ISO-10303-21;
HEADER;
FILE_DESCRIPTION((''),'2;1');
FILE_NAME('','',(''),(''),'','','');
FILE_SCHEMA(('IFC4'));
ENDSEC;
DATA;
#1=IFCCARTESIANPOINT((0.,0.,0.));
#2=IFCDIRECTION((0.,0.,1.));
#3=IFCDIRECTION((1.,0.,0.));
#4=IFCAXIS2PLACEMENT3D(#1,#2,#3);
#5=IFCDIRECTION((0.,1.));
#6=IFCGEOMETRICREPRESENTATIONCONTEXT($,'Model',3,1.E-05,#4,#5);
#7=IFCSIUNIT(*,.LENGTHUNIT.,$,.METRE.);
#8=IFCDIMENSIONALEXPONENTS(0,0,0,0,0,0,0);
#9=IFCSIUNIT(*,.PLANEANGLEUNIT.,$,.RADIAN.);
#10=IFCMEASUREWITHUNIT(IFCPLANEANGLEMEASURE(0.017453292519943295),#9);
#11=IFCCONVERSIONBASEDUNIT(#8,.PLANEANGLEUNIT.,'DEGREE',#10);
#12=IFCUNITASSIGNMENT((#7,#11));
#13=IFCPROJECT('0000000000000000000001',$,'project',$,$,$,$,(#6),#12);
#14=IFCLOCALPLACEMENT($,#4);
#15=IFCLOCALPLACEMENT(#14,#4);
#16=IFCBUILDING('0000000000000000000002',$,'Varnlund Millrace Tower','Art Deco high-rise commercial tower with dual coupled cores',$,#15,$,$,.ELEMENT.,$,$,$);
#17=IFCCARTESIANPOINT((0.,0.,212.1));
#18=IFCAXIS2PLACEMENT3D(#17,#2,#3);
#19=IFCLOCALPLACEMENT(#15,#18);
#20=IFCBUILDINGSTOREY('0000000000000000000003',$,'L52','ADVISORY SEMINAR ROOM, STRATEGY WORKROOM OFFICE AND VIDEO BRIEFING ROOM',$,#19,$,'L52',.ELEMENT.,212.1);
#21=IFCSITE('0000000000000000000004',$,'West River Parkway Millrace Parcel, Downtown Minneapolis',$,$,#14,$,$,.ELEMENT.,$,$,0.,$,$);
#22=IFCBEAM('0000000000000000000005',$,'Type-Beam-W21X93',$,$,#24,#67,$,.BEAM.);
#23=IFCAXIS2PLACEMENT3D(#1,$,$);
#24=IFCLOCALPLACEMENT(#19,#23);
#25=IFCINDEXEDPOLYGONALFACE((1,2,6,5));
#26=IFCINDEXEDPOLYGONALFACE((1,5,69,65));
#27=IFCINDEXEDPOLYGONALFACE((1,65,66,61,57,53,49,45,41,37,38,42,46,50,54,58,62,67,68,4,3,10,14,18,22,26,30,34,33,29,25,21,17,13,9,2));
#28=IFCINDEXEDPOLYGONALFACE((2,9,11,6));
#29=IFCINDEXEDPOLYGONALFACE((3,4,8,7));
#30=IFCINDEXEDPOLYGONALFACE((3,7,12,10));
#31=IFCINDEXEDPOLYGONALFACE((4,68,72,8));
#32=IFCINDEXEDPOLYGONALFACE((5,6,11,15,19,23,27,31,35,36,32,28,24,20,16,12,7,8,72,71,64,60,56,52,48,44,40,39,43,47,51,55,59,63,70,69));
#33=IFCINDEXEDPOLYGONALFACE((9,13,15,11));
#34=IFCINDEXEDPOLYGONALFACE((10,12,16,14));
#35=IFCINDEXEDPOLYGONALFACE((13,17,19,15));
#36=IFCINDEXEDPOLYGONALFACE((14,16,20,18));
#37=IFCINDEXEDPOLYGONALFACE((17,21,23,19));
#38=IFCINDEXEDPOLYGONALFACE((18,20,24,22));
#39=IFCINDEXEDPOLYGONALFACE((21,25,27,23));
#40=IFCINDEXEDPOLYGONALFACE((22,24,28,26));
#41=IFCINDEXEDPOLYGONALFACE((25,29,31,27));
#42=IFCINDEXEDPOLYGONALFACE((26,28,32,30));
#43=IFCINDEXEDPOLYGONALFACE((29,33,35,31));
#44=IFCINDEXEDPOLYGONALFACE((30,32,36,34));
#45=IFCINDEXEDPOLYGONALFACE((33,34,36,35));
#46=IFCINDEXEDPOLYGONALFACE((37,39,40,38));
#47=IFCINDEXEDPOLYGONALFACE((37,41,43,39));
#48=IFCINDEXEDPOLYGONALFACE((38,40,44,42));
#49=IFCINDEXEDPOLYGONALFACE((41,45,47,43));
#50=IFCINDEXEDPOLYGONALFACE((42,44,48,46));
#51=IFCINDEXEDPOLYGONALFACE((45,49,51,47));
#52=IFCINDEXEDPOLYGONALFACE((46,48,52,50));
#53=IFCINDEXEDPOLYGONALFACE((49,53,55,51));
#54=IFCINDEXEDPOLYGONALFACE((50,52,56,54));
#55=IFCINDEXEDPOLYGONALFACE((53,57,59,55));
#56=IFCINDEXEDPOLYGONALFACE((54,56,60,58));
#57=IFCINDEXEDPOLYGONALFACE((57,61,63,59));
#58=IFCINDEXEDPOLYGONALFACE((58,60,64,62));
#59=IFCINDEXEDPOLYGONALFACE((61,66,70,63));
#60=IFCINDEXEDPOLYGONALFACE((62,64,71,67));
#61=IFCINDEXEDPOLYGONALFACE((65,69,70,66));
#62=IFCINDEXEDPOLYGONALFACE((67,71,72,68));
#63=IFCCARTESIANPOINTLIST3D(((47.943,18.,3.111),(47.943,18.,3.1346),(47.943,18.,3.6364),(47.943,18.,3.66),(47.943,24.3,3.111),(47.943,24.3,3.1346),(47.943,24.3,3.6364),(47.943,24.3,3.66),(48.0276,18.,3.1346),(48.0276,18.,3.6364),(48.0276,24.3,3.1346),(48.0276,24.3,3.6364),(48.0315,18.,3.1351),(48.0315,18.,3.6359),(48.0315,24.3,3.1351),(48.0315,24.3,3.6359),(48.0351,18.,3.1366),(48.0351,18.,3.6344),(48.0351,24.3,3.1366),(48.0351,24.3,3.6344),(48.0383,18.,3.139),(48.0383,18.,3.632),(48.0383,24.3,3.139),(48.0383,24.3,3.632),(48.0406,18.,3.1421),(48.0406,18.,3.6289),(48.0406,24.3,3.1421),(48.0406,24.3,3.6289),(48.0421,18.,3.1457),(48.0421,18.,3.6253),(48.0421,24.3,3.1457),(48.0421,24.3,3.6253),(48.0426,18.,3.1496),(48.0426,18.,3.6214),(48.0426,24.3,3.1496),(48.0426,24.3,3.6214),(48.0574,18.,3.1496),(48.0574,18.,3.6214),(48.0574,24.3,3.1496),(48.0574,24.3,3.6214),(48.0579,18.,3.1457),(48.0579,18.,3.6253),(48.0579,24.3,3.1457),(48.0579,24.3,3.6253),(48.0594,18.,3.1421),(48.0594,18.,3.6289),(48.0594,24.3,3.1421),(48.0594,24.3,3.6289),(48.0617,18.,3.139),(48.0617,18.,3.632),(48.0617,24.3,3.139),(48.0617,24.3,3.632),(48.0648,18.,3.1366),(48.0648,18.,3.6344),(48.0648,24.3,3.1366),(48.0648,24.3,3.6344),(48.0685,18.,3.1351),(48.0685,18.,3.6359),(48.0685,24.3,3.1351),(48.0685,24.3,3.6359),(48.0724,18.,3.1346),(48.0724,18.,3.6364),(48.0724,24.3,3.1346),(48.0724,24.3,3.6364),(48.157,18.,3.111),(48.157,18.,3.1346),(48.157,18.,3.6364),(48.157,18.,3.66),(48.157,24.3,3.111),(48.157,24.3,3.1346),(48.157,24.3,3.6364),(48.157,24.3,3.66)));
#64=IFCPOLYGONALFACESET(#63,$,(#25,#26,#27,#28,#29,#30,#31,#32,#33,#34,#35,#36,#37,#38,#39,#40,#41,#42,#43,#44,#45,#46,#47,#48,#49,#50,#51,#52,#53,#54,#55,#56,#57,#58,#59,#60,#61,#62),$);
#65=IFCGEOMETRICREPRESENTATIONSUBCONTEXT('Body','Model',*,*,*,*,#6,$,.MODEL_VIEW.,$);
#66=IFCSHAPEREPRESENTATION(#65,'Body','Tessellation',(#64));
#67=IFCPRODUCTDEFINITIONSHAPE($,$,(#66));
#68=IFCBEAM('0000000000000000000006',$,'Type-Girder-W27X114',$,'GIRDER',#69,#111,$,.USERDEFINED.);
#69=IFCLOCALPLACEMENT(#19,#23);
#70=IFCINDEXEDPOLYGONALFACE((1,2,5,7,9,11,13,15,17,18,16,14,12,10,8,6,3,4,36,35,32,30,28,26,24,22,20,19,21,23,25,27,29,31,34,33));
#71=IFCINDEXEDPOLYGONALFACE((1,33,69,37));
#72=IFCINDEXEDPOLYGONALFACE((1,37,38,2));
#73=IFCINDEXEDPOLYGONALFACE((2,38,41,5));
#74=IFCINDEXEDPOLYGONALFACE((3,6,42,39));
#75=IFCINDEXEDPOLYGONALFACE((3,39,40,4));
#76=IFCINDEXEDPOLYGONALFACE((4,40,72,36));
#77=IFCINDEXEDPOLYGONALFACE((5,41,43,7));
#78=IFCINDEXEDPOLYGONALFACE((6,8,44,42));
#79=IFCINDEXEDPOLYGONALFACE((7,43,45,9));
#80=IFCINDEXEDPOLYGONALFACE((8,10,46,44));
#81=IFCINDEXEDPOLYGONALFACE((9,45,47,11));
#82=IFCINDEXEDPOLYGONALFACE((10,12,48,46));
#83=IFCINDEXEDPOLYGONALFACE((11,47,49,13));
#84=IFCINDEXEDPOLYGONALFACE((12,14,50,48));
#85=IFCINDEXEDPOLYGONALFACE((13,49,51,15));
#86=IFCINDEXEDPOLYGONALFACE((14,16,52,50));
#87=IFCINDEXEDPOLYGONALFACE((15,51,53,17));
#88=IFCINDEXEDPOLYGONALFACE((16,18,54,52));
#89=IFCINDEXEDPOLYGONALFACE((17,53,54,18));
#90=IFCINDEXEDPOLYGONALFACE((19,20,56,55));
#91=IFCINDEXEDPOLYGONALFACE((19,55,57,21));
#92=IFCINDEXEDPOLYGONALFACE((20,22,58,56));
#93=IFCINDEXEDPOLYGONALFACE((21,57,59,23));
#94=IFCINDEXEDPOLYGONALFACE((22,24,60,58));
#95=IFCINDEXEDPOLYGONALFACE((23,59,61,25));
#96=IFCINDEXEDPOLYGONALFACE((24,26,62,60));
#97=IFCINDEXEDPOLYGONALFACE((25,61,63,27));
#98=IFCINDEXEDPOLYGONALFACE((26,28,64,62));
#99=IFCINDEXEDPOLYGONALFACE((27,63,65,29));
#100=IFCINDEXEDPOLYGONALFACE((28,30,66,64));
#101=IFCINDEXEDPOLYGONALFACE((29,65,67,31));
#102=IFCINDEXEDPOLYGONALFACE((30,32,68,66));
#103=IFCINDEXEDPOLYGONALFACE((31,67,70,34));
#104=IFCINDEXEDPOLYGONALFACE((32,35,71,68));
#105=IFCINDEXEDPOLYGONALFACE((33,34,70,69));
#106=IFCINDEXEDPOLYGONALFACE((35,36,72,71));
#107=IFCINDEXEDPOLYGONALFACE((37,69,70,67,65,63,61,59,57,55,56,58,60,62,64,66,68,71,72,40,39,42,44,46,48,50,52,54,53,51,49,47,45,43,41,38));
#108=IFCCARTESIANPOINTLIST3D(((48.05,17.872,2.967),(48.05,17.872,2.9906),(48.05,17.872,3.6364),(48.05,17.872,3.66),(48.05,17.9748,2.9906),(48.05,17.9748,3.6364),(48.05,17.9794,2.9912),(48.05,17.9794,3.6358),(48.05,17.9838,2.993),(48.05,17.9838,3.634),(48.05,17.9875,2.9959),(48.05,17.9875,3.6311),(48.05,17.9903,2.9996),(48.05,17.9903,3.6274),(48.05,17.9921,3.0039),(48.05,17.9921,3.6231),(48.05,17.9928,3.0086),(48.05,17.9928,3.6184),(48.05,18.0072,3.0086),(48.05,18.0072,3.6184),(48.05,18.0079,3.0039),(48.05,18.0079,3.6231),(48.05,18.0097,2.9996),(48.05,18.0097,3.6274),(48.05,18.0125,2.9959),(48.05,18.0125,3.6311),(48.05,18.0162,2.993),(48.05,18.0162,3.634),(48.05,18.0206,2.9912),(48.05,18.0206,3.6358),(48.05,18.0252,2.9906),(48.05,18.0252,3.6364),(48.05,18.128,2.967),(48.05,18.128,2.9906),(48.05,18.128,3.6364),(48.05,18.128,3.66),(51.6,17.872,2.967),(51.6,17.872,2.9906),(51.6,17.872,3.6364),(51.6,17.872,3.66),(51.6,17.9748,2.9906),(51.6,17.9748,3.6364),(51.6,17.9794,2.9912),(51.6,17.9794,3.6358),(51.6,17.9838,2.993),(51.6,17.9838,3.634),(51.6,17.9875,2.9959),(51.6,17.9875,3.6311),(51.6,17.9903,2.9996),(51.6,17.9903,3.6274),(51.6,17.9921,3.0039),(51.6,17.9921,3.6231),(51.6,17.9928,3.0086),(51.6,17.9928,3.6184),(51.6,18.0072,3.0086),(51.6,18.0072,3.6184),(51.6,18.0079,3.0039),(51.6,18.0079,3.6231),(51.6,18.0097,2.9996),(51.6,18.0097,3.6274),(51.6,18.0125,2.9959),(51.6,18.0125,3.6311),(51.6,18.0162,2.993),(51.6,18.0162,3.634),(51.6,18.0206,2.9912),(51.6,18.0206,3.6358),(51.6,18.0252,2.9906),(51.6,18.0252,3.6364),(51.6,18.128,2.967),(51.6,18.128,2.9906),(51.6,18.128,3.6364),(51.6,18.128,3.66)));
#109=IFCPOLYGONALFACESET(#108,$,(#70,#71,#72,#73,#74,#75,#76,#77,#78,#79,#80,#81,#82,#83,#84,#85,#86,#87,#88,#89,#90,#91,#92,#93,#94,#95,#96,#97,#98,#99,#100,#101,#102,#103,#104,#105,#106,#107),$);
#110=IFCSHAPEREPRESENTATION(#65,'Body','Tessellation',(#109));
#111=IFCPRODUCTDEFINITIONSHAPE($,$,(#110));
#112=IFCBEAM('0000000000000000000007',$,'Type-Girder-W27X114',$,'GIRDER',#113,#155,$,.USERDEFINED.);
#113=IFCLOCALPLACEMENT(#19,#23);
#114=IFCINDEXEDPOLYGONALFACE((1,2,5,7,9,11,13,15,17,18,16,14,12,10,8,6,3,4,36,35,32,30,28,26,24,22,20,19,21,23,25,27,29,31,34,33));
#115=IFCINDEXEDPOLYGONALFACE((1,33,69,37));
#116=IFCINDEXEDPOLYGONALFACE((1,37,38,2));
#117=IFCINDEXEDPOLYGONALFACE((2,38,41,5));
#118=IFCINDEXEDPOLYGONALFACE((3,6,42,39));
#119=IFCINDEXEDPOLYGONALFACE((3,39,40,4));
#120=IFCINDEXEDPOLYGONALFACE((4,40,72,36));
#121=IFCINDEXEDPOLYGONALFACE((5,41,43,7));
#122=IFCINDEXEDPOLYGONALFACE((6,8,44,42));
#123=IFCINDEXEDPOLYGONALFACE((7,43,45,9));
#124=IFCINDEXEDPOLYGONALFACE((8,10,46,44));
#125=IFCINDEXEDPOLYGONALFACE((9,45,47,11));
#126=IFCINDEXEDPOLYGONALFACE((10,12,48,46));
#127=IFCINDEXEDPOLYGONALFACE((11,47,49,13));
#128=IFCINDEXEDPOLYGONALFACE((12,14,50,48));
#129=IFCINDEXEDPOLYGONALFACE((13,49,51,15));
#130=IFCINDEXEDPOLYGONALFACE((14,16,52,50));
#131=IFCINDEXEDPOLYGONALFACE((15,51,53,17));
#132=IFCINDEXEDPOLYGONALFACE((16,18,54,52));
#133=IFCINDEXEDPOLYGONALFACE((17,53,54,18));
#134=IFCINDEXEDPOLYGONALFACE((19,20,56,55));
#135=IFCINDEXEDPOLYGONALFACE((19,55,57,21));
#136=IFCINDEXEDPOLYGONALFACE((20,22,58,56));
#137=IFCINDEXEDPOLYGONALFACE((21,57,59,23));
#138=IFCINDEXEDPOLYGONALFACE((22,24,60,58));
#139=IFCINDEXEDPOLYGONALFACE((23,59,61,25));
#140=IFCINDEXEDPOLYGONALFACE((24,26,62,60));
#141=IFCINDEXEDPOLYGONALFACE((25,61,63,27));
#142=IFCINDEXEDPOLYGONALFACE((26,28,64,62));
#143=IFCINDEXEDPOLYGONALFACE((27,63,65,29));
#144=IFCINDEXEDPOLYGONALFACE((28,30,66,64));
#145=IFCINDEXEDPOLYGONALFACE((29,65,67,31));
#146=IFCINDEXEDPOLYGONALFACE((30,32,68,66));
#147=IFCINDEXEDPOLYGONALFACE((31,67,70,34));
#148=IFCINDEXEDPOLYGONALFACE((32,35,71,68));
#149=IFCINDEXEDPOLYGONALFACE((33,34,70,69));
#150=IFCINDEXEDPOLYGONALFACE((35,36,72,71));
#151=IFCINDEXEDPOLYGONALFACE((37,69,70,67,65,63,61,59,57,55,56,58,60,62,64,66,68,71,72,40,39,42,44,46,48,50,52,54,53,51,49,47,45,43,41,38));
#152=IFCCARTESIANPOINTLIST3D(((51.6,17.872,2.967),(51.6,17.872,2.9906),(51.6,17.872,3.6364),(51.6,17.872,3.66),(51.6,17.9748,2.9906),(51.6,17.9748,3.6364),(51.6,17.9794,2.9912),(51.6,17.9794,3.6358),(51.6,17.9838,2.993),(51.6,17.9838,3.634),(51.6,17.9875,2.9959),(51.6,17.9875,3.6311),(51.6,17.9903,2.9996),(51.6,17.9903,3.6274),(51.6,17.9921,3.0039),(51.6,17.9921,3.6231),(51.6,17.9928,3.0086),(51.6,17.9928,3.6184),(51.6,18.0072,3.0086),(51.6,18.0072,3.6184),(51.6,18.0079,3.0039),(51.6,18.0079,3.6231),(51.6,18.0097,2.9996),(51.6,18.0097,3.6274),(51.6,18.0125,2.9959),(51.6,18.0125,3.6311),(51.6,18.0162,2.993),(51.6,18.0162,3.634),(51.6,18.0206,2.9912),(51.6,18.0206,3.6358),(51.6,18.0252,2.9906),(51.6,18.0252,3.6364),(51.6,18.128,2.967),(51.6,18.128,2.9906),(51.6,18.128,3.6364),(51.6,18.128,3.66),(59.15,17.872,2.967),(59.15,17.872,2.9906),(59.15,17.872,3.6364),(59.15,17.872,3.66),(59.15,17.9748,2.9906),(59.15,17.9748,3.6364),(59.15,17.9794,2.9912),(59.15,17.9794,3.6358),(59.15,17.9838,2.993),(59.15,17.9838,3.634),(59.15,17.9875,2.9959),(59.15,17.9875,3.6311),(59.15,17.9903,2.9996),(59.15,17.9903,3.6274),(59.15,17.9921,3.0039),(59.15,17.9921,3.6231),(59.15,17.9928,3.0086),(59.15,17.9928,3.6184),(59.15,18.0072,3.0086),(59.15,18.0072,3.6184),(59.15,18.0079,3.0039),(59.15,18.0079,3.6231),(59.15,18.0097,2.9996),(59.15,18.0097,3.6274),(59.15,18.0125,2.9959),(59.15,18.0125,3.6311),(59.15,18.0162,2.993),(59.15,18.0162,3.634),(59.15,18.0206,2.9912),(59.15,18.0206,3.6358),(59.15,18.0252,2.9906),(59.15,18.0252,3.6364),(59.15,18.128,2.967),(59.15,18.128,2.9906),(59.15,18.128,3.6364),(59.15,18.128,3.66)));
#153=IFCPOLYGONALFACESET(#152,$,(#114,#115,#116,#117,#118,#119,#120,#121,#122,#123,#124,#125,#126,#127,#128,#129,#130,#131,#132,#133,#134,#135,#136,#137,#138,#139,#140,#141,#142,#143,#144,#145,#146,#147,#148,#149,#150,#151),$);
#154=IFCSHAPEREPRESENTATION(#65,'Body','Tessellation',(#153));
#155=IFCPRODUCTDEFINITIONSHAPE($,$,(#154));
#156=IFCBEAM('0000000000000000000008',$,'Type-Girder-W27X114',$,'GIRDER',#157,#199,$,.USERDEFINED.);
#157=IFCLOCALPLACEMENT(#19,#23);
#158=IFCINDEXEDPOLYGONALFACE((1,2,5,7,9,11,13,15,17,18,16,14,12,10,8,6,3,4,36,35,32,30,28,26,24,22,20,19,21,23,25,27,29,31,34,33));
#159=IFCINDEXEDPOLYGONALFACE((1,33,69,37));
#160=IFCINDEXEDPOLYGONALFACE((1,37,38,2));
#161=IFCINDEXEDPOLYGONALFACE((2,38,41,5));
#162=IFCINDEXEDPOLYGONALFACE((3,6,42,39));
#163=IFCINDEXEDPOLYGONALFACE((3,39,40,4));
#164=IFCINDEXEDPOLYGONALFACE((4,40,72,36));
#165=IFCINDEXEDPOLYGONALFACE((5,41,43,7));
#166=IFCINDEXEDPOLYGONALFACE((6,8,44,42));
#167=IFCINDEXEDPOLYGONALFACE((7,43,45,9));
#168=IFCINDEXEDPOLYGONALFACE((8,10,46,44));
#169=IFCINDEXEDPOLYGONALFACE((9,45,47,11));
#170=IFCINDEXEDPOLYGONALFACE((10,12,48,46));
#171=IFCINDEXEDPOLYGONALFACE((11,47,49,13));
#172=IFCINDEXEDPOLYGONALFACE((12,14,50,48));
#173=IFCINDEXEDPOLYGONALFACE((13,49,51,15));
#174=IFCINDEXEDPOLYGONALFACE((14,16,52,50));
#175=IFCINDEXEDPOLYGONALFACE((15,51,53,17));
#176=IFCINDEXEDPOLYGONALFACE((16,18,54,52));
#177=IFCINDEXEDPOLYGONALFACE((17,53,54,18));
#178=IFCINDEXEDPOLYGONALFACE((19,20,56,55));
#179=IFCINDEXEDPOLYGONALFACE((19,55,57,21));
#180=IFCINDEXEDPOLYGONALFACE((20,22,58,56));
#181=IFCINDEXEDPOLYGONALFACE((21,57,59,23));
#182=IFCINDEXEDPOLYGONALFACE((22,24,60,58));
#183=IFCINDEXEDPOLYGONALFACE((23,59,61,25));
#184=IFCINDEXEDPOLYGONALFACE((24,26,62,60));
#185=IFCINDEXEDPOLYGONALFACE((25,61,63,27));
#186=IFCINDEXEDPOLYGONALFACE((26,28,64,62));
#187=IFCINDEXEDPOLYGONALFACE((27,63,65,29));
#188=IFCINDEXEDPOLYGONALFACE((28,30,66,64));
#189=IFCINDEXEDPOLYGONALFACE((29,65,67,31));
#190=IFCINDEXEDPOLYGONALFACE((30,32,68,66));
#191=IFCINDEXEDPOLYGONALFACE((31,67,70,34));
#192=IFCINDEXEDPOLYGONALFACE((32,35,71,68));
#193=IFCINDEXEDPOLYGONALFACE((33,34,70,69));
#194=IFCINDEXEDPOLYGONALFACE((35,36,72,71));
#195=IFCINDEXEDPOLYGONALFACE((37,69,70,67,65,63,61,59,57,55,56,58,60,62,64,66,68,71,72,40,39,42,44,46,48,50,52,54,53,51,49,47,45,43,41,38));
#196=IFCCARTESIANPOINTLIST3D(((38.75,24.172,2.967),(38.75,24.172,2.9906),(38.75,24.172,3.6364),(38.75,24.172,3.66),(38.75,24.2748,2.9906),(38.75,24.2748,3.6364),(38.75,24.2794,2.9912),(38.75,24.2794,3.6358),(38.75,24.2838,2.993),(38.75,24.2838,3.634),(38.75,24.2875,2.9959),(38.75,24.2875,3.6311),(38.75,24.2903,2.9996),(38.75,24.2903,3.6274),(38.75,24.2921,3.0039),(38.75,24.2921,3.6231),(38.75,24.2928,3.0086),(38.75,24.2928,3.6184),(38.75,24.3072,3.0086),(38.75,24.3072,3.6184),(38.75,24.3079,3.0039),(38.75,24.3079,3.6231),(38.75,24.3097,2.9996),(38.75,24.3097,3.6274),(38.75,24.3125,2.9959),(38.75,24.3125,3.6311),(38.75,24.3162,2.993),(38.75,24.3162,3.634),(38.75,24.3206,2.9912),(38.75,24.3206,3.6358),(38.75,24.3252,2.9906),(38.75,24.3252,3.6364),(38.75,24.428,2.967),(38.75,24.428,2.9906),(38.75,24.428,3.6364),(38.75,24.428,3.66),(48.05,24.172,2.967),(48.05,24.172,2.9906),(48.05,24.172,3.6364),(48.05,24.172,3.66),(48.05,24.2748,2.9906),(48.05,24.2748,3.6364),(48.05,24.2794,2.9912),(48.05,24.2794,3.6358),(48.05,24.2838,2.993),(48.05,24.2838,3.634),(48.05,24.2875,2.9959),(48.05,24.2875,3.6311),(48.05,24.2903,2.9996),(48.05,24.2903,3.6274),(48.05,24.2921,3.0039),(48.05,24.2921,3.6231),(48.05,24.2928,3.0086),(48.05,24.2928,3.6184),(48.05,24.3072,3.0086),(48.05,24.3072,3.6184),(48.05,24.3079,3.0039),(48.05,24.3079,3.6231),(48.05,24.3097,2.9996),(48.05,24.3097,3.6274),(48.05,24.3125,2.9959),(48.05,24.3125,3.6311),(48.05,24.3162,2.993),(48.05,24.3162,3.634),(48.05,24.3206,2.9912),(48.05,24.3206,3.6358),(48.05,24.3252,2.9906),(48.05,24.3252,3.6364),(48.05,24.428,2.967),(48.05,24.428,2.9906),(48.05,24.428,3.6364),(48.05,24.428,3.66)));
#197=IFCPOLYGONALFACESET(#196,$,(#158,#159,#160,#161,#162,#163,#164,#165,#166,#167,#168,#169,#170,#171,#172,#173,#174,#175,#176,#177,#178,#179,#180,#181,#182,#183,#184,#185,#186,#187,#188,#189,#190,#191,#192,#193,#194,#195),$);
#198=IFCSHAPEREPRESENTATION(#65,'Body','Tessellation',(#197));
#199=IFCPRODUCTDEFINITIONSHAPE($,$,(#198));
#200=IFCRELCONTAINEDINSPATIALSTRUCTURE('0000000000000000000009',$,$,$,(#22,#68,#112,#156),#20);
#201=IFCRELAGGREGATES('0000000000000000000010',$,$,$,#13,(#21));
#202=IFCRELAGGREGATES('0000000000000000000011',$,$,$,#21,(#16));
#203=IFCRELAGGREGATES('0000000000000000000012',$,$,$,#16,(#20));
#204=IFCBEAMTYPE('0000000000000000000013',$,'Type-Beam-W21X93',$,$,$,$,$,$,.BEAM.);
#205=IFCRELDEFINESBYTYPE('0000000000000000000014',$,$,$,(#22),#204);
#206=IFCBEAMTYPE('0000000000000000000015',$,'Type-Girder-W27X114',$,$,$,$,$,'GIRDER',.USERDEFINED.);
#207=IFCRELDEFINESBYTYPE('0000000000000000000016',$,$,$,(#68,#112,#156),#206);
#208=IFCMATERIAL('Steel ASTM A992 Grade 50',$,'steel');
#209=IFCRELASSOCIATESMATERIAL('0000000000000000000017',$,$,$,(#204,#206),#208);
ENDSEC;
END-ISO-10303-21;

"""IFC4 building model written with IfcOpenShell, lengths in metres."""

from ifc_helpers import new_model, entity, si_unit, converted_unit, direction, frame, origin_with_axes, origin_2d_with_axis, place, context, subcontext, project, spatial, i_section, extrude, material, material_profile, profile_set, type_object, element, save


model = new_model("IFC4")

# Units and contexts
model_context = context("Model", 3, precision=1e-05, world=origin_with_axes(), true_north=direction((0.0, 1.0)))
body_context = subcontext(model_context, "Body", "Model", "MODEL_VIEW")
ifc_project = project(units=[si_unit("LENGTHUNIT", "METRE"), converted_unit("PLANEANGLEUNIT", "DEGREE", entity("IfcPlaneAngleMeasure", 0.017453292519943295), si_unit("PLANEANGLEUNIT", "RADIAN"), dimensions=[0, 0, 0, 0, 0, 0, 0])], contexts=[model_context])

# Site, building, storey
site_placement = place(None, origin_with_axes())
site = spatial("IfcSite", under=ifc_project, at=site_placement, Name="West River Parkway Millrace Parcel, Downtown Minneapolis", CompositionType="ELEMENT", RefElevation=0.0)
building_placement = place(site_placement, origin_with_axes())
building = spatial("IfcBuilding", under=site, at=building_placement, Name="Varnlund Millrace Tower", Description="Art Deco high-rise commercial tower with dual coupled cores", CompositionType="ELEMENT")
storey_placement = place(building_placement, frame((0.0, 0.0, 212.1), z_axis=(0.0, 0.0, 1.0), x_axis=(1.0, 0.0, 0.0)))
storey = spatial("IfcBuildingStorey", under=building, at=storey_placement, Name="L52", Description="ADVISORY SEMINAR ROOM, STRATEGY WORKROOM OFFICE AND VIDEO BRIEFING ROOM", LongName="L52", CompositionType="ELEMENT", Elevation=212.1)

# Beams
ifc_material_1 = material(Name="Steel ASTM A992 Grade 50", Category="steel")
ifc_material_profile_1 = material_profile(ifc_material_1, i_section(OverallWidth=0.214, OverallDepth=0.549, WebThickness=0.0147, FlangeThickness=0.0236, FilletRadius=0.015, at=origin_2d_with_axis()), Name="Steel ASTM A992 Grade 50")
ifc_profile_set_1 = profile_set([ifc_material_profile_1], Name="Steel ASTM A992 Grade 50")
beam_type_1 = type_object("IfcBeamType", Name="Type-Beam-W21X93", PredefinedType="BEAM", material=ifc_profile_set_1)
beam_1_placement = place(storey_placement, frame((48.05, 18.0, 3.3855), z_axis=(0.0, 1.0, 0.0), x_axis=(-1.0, 0.0, 0.0)))
element("IfcBeam", 1, at=beam_1_placement, inside=storey, type_object=beam_type_1, Name="Type-Beam-W21X93", PredefinedType="BEAM", context=body_context, shape_type="SweptSolid", body=[
    extrude(i_section(OverallWidth=0.214, OverallDepth=0.549, WebThickness=0.0147, FlangeThickness=0.0236, FilletRadius=0.015, at=origin_2d_with_axis()), origin_with_axes(), (0.0, 0.0, 1.0), 6.3),
])
ifc_material_profile_2 = material_profile(ifc_material_1, i_section(OverallWidth=0.256, OverallDepth=0.693, WebThickness=0.0145, FlangeThickness=0.0236, FilletRadius=0.018, at=origin_2d_with_axis()), Name="Steel ASTM A992 Grade 50")
ifc_profile_set_2 = profile_set([ifc_material_profile_2], Name="Steel ASTM A992 Grade 50")
beam_type_2 = type_object("IfcBeamType", Name="Type-Girder-W27X114", ElementType="GIRDER", PredefinedType="USERDEFINED", material=ifc_profile_set_2)
beam_2_placement = place(storey_placement, frame((48.05, 18.0, 3.3135), z_axis=(1.0, 0.0, 0.0), x_axis=(0.0, 1.0, 0.0)))
element("IfcBeam", 2, at=beam_2_placement, inside=storey, type_object=beam_type_2, Name="Type-Girder-W27X114", ObjectType="GIRDER", PredefinedType="USERDEFINED", context=body_context, shape_type="SweptSolid", body=[
    extrude(i_section(OverallWidth=0.256, OverallDepth=0.693, WebThickness=0.0145, FlangeThickness=0.0236, FilletRadius=0.018, at=origin_2d_with_axis()), origin_with_axes(), (0.0, 0.0, 1.0), 3.55),
])
beam_3_placement = place(storey_placement, frame((51.6, 18.0, 3.3135), z_axis=(1.0, 0.0, 0.0), x_axis=(0.0, 1.0, 0.0)))
element("IfcBeam", 3, at=beam_3_placement, inside=storey, type_object=beam_type_2, Name="Type-Girder-W27X114", ObjectType="GIRDER", PredefinedType="USERDEFINED", context=body_context, shape_type="SweptSolid", body=[
    extrude(i_section(OverallWidth=0.256, OverallDepth=0.693, WebThickness=0.0145, FlangeThickness=0.0236, FilletRadius=0.018, at=origin_2d_with_axis()), origin_with_axes(), (0.0, 0.0, 1.0), 7.55),
])
beam_4_placement = place(storey_placement, frame((38.75, 24.3, 3.3135), z_axis=(1.0, 0.0, 0.0), x_axis=(0.0, 1.0, 0.0)))
element("IfcBeam", 4, at=beam_4_placement, inside=storey, type_object=beam_type_2, Name="Type-Girder-W27X114", ObjectType="GIRDER", PredefinedType="USERDEFINED", context=body_context, shape_type="SweptSolid", body=[
    extrude(i_section(OverallWidth=0.256, OverallDepth=0.693, WebThickness=0.0145, FlangeThickness=0.0236, FilletRadius=0.018, at=origin_2d_with_axis()), origin_with_axes(), (0.0, 0.0, 1.0), 9.3),
])

save(model, "model.ifc")
